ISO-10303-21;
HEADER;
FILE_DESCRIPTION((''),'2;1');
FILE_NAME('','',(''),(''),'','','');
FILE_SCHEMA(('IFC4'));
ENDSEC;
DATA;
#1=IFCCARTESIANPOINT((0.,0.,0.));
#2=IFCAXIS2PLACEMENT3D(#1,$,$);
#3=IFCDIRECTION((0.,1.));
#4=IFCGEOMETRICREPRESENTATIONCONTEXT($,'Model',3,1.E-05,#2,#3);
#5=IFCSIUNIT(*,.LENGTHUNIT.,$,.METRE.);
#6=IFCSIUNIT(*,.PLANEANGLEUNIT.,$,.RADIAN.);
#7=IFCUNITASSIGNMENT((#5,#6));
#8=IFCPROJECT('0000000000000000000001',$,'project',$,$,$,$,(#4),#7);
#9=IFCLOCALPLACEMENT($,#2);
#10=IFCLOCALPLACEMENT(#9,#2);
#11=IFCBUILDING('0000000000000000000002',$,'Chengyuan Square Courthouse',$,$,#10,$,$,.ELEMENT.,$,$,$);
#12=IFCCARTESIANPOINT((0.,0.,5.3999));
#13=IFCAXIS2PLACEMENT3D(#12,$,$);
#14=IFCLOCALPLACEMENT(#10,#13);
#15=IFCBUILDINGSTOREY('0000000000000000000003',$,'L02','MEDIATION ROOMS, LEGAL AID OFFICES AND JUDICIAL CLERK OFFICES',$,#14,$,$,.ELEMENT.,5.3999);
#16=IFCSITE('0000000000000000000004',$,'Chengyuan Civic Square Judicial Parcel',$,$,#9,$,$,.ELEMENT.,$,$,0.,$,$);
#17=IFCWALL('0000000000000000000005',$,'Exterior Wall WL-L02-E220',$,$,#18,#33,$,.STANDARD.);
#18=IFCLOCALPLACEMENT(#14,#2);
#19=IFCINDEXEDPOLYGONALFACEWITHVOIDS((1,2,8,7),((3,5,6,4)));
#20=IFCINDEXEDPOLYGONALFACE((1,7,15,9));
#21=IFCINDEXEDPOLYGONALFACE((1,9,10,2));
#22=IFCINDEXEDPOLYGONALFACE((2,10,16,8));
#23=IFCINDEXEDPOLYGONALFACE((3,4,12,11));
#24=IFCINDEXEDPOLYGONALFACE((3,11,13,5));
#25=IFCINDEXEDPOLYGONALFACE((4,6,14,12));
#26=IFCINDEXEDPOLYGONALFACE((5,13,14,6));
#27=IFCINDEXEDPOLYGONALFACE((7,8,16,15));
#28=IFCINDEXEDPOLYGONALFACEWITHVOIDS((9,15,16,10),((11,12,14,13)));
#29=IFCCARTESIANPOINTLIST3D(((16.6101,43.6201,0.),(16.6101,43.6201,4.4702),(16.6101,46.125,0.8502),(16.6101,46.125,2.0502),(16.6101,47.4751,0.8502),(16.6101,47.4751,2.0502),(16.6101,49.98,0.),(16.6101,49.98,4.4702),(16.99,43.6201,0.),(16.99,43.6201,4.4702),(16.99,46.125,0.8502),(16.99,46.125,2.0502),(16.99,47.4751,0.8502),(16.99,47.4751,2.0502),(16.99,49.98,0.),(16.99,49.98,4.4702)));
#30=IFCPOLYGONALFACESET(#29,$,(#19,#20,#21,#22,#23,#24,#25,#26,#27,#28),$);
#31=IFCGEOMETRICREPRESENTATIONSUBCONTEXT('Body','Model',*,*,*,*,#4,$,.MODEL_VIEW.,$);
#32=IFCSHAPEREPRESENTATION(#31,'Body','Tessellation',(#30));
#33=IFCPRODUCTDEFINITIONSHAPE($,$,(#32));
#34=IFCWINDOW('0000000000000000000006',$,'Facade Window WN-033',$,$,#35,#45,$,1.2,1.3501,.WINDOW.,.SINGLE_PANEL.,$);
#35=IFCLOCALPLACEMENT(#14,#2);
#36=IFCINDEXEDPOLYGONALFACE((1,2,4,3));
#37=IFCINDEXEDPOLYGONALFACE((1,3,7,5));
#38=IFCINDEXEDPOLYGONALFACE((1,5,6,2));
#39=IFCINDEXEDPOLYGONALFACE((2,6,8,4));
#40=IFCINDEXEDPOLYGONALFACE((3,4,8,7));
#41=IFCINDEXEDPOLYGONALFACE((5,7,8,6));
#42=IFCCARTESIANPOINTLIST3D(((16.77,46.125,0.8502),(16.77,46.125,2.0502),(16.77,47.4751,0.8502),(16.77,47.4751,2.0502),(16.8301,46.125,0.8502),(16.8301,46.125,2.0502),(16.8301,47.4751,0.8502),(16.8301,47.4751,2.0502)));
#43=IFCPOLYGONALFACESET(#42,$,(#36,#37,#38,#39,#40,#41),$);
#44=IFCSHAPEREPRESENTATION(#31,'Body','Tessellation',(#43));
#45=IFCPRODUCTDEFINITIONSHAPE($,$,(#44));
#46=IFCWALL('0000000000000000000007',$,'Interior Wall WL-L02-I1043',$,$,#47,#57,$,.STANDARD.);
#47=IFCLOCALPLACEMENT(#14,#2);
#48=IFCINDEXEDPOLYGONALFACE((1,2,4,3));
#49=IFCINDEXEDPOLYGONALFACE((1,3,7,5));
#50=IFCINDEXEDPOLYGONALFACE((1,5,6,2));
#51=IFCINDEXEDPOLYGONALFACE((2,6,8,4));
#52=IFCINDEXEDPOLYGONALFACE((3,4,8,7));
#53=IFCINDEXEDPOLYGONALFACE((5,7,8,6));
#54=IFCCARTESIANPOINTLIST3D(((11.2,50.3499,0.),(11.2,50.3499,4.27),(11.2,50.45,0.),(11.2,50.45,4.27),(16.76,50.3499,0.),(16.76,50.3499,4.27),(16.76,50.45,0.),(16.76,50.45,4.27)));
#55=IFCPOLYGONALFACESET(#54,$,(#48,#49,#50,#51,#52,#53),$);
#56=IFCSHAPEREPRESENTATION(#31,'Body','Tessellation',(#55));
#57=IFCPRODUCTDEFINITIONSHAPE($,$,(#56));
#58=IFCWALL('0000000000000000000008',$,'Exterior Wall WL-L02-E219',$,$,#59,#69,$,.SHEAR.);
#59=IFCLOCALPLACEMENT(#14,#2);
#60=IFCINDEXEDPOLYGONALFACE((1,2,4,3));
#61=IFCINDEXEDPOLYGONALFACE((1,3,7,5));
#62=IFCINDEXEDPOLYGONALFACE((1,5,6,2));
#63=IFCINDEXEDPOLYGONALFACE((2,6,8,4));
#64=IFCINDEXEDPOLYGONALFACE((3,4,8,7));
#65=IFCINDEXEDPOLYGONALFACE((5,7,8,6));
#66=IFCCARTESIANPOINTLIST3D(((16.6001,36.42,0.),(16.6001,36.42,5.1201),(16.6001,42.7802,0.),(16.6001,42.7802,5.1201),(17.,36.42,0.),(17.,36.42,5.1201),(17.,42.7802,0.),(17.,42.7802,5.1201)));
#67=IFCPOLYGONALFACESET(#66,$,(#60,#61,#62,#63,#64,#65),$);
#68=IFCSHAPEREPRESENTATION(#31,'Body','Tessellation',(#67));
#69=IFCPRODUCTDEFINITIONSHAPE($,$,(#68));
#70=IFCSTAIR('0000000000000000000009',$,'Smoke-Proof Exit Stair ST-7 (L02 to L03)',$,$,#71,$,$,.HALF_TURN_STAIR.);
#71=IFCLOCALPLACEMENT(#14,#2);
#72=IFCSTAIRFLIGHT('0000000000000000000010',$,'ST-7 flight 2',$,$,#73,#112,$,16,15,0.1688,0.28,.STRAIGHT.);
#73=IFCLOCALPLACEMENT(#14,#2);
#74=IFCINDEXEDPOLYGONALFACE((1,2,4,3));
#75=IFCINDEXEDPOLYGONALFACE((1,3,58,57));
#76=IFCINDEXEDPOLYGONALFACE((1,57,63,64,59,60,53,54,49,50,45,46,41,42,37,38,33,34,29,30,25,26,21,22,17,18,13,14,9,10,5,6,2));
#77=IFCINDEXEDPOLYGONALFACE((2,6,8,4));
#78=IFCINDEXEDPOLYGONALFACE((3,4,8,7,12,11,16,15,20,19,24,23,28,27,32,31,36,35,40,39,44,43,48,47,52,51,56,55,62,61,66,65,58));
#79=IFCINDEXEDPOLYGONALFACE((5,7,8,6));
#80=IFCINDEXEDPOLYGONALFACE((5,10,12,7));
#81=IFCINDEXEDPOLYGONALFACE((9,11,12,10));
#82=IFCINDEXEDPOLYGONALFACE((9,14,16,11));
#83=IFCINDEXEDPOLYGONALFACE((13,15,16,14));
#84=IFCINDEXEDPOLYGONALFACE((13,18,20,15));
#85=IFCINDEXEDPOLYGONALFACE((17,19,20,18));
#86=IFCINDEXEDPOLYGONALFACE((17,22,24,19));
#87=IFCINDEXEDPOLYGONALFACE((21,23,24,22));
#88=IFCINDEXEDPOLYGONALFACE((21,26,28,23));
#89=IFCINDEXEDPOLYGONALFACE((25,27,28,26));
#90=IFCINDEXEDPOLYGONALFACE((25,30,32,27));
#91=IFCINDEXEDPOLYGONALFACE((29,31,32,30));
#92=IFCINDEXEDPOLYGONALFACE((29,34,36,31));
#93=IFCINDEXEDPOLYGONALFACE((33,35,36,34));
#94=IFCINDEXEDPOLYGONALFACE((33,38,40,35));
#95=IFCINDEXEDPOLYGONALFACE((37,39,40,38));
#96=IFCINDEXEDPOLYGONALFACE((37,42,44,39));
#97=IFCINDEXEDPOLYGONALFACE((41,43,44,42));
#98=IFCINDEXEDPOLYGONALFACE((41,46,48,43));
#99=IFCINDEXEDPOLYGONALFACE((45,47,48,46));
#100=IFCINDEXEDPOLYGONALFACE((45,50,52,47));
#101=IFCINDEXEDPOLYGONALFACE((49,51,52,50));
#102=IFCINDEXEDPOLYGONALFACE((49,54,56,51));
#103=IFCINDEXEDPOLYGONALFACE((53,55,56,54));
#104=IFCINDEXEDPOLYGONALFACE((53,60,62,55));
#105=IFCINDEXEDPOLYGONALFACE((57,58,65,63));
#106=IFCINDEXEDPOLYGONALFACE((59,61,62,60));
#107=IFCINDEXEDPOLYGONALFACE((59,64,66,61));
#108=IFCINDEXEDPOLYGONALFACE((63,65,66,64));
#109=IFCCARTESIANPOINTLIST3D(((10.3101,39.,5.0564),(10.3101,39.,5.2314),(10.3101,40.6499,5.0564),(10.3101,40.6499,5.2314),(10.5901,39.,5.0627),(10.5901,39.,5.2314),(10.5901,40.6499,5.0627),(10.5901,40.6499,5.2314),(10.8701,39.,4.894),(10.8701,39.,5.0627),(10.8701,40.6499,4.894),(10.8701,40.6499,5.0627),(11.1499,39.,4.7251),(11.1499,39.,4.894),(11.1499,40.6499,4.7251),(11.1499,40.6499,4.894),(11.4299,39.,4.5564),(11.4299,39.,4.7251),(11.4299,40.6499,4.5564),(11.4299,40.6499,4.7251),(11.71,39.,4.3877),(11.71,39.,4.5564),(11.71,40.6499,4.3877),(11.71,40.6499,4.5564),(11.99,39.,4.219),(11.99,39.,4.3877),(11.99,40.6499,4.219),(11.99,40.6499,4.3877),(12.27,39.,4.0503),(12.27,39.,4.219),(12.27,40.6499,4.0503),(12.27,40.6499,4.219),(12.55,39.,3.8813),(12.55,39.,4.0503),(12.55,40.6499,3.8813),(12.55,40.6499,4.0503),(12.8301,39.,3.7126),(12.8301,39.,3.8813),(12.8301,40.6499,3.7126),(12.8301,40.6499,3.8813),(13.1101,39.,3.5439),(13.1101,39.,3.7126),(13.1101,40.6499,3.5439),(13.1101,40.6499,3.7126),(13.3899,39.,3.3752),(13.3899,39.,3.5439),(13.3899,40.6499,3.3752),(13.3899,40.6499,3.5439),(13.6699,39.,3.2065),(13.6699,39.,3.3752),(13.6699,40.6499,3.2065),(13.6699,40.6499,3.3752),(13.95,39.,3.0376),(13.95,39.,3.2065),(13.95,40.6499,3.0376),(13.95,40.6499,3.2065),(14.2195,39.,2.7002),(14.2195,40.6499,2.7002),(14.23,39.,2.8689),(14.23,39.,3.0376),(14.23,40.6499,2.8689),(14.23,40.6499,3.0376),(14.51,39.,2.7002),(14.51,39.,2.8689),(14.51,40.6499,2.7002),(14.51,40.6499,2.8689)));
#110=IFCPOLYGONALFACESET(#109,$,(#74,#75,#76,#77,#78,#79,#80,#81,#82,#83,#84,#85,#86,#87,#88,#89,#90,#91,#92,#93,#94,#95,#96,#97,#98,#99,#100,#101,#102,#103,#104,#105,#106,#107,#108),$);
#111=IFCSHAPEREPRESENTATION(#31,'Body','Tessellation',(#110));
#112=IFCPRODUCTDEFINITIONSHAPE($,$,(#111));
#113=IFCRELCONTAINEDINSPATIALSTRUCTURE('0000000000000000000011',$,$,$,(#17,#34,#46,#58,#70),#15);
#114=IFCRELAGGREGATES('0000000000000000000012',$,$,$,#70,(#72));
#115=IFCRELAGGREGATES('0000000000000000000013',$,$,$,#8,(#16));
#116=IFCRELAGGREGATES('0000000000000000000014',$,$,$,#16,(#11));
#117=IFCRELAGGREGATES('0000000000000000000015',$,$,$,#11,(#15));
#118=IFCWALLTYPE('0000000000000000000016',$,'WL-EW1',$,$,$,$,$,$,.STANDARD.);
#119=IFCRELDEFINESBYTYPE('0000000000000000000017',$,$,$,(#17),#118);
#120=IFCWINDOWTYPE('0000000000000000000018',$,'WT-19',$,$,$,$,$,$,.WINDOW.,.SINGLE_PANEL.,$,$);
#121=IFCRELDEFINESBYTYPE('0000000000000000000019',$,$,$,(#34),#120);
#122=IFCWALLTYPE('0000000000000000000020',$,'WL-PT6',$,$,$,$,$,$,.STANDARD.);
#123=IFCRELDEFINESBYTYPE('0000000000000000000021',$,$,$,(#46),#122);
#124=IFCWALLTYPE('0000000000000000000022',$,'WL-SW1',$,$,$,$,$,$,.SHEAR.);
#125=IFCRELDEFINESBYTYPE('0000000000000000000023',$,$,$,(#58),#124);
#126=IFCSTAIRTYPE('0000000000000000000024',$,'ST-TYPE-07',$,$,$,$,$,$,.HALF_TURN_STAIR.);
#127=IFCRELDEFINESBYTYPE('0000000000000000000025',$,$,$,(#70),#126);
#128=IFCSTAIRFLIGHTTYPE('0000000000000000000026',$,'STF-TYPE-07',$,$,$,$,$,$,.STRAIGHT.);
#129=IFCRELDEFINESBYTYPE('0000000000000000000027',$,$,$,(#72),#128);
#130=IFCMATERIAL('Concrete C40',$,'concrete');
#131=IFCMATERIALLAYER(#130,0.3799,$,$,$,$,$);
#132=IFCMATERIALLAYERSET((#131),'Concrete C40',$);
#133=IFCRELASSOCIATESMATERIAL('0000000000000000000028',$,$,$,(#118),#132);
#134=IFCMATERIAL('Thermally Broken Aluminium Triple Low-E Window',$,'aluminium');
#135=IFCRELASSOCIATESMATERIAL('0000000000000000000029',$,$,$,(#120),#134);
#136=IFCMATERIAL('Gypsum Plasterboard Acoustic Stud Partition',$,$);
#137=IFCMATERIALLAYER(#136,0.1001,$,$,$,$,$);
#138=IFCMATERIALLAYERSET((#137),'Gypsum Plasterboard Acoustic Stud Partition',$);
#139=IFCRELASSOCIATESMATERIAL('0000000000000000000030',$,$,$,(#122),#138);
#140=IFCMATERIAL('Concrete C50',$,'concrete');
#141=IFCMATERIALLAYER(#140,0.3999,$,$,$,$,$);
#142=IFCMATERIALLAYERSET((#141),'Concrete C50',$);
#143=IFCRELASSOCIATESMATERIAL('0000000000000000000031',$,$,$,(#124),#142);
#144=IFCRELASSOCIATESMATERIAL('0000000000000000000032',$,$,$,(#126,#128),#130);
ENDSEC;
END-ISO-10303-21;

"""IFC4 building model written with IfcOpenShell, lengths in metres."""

from ifc_helpers import new_model, si_unit, direction, frame, frame_2d, origin, place, context, subcontext, project, spatial, polyline, rectangle, outline, extrude, material, layer, layer_set, type_object, element, fill, aggregate, save


model = new_model("IFC4")

# Units and contexts
model_context = context("Model", 3, precision=1e-05, world=origin(), true_north=direction((0.0, 1.0)))
body_context = subcontext(model_context, "Body", "Model", "MODEL_VIEW")
ifc_project = project(units=[si_unit("LENGTHUNIT", "METRE"), si_unit("PLANEANGLEUNIT", "RADIAN")], contexts=[model_context])

# Site, building, storey
site_placement = place(None, origin())
site = spatial("IfcSite", under=ifc_project, at=site_placement, Name="Chengyuan Civic Square Judicial Parcel", CompositionType="ELEMENT", RefElevation=0.0)
building_placement = place(site_placement, origin())
building = spatial("IfcBuilding", under=site, at=building_placement, Name="Chengyuan Square Courthouse", CompositionType="ELEMENT")
storey_placement = place(building_placement, frame((0.0, 0.0, 5.3999)))
storey = spatial("IfcBuildingStorey", under=building, at=storey_placement, Name="L02", Description="MEDIATION ROOMS, LEGAL AID OFFICES AND JUDICIAL CLERK OFFICES", CompositionType="ELEMENT", Elevation=5.3999)

# Shared definitions
ifc_material_1 = material(Name="Concrete C50", Category="concrete")

# Shared definitions
ifc_material_2 = material(Name="Concrete C40", Category="concrete")

# Wall, opening, window
ifc_layer_1 = layer(ifc_material_2, 0.3799)
ifc_layer_set_1 = layer_set([ifc_layer_1], Name="Concrete C40")
wall_type_1 = type_object("IfcWallType", Name="WL-EW1", PredefinedType="STANDARD", material=ifc_layer_set_1)
ifc_material_3 = material(Name="Thermally Broken Aluminium Triple Low-E Window", Category="aluminium")
wall_1_placement = place(storey_placement, frame((16.8, 43.6201, 0.0), z_axis=(0.0, 0.0, 1.0), x_axis=(0.0, 1.0, 0.0)))
wall_1 = element("IfcWall", 1, at=wall_1_placement, inside=storey, type_object=wall_type_1, Name="Exterior Wall WL-L02-E220", PredefinedType="STANDARD", context=body_context, shape_type="SweptSolid", body=[
    extrude(rectangle(XDim=6.3599, YDim=0.3799, at=frame_2d((3.1799, 0.0))), origin(), (0.0, 0.0, 1.0), 4.4702),
])
opening_1_placement = place(wall_1_placement, frame((2.5049, 0.0, 0.8501)))
opening_1 = element("IfcOpeningElement", 2, at=opening_1_placement, cuts=wall_1, PredefinedType="OPENING", context=body_context, shape_type="SweptSolid", body=[
    extrude(rectangle(XDim=1.3501, YDim=1.2, at=frame_2d((0.675, 0.6001))), frame((0.0, 0.2019, 0.0), z_axis=(0.0, -1.0, 0.0), x_axis=(1.0, 0.0, 0.0)), (0.0, 0.0, 1.0), 0.4038),
])
window_type_1 = type_object("IfcWindowType", Name="WT-19", PartitioningType="SINGLE_PANEL", PredefinedType="WINDOW", material=ifc_material_3)
window_1_placement = place(opening_1_placement, origin())
window_1 = element("IfcWindow", 3, at=window_1_placement, inside=storey, type_object=window_type_1, Name="Facade Window WN-033", OverallHeight=1.2, OverallWidth=1.3501, PartitioningType="SINGLE_PANEL", PredefinedType="WINDOW", context=body_context, shape_type="SweptSolid", body=[
    extrude(rectangle(XDim=1.3501, YDim=1.2, at=frame_2d((0.675, 0.6001))), frame((0.0, 0.03, 0.0), z_axis=(0.0, -1.0, 0.0), x_axis=(1.0, 0.0, 0.0)), (0.0, 0.0, 1.0), 0.0601),
])
fill(opening_1, window_1)

# Walls
ifc_material_4 = material(Name="Gypsum Plasterboard Acoustic Stud Partition")
ifc_layer_2 = layer(ifc_material_4, 0.1001)
ifc_layer_set_2 = layer_set([ifc_layer_2], Name="Gypsum Plasterboard Acoustic Stud Partition")
wall_type_2 = type_object("IfcWallType", Name="WL-PT6", PredefinedType="STANDARD", material=ifc_layer_set_2)
wall_2_placement = place(storey_placement, frame((11.2, 50.3999, 0.0), z_axis=(0.0, 0.0, 1.0), x_axis=(1.0, 0.0, 0.0)))
element("IfcWall", 4, at=wall_2_placement, inside=storey, type_object=wall_type_2, Name="Interior Wall WL-L02-I1043", PredefinedType="STANDARD", context=body_context, shape_type="SweptSolid", body=[
    extrude(rectangle(XDim=5.5601, YDim=0.1001, at=frame_2d((2.78, 0.0))), origin(), (0.0, 0.0, 1.0), 4.27),
])
ifc_layer_3 = layer(ifc_material_1, 0.3999)
ifc_layer_set_3 = layer_set([ifc_layer_3], Name="Concrete C50")
wall_type_3 = type_object("IfcWallType", Name="WL-SW1", PredefinedType="SHEAR", material=ifc_layer_set_3)
wall_3_placement = place(storey_placement, frame((16.8, 36.4199, 0.0), z_axis=(0.0, 0.0, 1.0), x_axis=(0.0, 1.0, 0.0)))
element("IfcWall", 5, at=wall_3_placement, inside=storey, type_object=wall_type_3, Name="Exterior Wall WL-L02-E219", PredefinedType="SHEAR", context=body_context, shape_type="SweptSolid", body=[
    extrude(rectangle(XDim=6.3601, YDim=0.3999, at=frame_2d((3.1802, 0.0))), origin(), (0.0, 0.0, 1.0), 5.1201),
])

# Stair, stair flight
stair_type = type_object("IfcStairType", Name="ST-TYPE-07", PredefinedType="HALF_TURN_STAIR", material=ifc_material_2)
stair_placement = place(storey_placement, origin())
stair = element("IfcStair", 6, at=stair_placement, inside=storey, type_object=stair_type, Name="Smoke-Proof Exit Stair ST-7 (L02 to L03)", PredefinedType="HALF_TURN_STAIR")
stair_flight_type = type_object("IfcStairFlightType", Name="STF-TYPE-07", PredefinedType="STRAIGHT", material=ifc_material_2)
stair_flight_placement = place(storey_placement, frame((14.51, 39.825, 2.7002), z_axis=(0.0, 0.0, 1.0), x_axis=(-1.0, 0.0, 0.0)))
stair_flight = element("IfcStairFlight", 7, at=stair_flight_placement, type_object=stair_flight_type, Name="ST-7 flight 2", NumberOfRisers=16, NumberOfTreads=15, PredefinedType="STRAIGHT", RiserHeight=0.1688, TreadLength=0.28, context=body_context, shape_type="SweptSolid", body=[
    extrude(outline(polyline([(0.0, 0.0), (0.0, 0.1687), (0.28, 0.1687), (0.28, 0.3374), (0.5601, 0.3374), (0.5601, 0.5063), (0.8401, 0.5063), (0.8401, 0.675), (1.1201, 0.675), (1.1201, 0.8438), (1.3999, 0.8438), (1.3999, 1.0125), (1.6799, 1.0125), (1.6799, 1.1812), (1.96, 1.1812), (1.96, 1.3501), (2.24, 1.3501), (2.24, 1.5188), (2.52, 1.5188), (2.52, 1.6875), (2.8, 1.6875), (2.8, 1.8562), (3.0801, 1.8562), (3.0801, 2.0249), (3.3601, 2.0249), (3.3601, 2.1938), (3.6399, 2.1938), (3.6399, 2.3625), (3.9199, 2.3625), (3.9199, 2.5312), (4.2, 2.5312), (4.2, 2.7), (4.2, 2.3562), (0.2905, 0.0), (0.0, 0.0)])), frame((0.0, 0.825, 0.0), z_axis=(0.0, -1.0, 0.0), x_axis=(1.0, 0.0, 0.0)), (0.0, 0.0, 1.0), 1.6499),
])
aggregate(stair, [stair_flight])

save(model, "model.ifc")
